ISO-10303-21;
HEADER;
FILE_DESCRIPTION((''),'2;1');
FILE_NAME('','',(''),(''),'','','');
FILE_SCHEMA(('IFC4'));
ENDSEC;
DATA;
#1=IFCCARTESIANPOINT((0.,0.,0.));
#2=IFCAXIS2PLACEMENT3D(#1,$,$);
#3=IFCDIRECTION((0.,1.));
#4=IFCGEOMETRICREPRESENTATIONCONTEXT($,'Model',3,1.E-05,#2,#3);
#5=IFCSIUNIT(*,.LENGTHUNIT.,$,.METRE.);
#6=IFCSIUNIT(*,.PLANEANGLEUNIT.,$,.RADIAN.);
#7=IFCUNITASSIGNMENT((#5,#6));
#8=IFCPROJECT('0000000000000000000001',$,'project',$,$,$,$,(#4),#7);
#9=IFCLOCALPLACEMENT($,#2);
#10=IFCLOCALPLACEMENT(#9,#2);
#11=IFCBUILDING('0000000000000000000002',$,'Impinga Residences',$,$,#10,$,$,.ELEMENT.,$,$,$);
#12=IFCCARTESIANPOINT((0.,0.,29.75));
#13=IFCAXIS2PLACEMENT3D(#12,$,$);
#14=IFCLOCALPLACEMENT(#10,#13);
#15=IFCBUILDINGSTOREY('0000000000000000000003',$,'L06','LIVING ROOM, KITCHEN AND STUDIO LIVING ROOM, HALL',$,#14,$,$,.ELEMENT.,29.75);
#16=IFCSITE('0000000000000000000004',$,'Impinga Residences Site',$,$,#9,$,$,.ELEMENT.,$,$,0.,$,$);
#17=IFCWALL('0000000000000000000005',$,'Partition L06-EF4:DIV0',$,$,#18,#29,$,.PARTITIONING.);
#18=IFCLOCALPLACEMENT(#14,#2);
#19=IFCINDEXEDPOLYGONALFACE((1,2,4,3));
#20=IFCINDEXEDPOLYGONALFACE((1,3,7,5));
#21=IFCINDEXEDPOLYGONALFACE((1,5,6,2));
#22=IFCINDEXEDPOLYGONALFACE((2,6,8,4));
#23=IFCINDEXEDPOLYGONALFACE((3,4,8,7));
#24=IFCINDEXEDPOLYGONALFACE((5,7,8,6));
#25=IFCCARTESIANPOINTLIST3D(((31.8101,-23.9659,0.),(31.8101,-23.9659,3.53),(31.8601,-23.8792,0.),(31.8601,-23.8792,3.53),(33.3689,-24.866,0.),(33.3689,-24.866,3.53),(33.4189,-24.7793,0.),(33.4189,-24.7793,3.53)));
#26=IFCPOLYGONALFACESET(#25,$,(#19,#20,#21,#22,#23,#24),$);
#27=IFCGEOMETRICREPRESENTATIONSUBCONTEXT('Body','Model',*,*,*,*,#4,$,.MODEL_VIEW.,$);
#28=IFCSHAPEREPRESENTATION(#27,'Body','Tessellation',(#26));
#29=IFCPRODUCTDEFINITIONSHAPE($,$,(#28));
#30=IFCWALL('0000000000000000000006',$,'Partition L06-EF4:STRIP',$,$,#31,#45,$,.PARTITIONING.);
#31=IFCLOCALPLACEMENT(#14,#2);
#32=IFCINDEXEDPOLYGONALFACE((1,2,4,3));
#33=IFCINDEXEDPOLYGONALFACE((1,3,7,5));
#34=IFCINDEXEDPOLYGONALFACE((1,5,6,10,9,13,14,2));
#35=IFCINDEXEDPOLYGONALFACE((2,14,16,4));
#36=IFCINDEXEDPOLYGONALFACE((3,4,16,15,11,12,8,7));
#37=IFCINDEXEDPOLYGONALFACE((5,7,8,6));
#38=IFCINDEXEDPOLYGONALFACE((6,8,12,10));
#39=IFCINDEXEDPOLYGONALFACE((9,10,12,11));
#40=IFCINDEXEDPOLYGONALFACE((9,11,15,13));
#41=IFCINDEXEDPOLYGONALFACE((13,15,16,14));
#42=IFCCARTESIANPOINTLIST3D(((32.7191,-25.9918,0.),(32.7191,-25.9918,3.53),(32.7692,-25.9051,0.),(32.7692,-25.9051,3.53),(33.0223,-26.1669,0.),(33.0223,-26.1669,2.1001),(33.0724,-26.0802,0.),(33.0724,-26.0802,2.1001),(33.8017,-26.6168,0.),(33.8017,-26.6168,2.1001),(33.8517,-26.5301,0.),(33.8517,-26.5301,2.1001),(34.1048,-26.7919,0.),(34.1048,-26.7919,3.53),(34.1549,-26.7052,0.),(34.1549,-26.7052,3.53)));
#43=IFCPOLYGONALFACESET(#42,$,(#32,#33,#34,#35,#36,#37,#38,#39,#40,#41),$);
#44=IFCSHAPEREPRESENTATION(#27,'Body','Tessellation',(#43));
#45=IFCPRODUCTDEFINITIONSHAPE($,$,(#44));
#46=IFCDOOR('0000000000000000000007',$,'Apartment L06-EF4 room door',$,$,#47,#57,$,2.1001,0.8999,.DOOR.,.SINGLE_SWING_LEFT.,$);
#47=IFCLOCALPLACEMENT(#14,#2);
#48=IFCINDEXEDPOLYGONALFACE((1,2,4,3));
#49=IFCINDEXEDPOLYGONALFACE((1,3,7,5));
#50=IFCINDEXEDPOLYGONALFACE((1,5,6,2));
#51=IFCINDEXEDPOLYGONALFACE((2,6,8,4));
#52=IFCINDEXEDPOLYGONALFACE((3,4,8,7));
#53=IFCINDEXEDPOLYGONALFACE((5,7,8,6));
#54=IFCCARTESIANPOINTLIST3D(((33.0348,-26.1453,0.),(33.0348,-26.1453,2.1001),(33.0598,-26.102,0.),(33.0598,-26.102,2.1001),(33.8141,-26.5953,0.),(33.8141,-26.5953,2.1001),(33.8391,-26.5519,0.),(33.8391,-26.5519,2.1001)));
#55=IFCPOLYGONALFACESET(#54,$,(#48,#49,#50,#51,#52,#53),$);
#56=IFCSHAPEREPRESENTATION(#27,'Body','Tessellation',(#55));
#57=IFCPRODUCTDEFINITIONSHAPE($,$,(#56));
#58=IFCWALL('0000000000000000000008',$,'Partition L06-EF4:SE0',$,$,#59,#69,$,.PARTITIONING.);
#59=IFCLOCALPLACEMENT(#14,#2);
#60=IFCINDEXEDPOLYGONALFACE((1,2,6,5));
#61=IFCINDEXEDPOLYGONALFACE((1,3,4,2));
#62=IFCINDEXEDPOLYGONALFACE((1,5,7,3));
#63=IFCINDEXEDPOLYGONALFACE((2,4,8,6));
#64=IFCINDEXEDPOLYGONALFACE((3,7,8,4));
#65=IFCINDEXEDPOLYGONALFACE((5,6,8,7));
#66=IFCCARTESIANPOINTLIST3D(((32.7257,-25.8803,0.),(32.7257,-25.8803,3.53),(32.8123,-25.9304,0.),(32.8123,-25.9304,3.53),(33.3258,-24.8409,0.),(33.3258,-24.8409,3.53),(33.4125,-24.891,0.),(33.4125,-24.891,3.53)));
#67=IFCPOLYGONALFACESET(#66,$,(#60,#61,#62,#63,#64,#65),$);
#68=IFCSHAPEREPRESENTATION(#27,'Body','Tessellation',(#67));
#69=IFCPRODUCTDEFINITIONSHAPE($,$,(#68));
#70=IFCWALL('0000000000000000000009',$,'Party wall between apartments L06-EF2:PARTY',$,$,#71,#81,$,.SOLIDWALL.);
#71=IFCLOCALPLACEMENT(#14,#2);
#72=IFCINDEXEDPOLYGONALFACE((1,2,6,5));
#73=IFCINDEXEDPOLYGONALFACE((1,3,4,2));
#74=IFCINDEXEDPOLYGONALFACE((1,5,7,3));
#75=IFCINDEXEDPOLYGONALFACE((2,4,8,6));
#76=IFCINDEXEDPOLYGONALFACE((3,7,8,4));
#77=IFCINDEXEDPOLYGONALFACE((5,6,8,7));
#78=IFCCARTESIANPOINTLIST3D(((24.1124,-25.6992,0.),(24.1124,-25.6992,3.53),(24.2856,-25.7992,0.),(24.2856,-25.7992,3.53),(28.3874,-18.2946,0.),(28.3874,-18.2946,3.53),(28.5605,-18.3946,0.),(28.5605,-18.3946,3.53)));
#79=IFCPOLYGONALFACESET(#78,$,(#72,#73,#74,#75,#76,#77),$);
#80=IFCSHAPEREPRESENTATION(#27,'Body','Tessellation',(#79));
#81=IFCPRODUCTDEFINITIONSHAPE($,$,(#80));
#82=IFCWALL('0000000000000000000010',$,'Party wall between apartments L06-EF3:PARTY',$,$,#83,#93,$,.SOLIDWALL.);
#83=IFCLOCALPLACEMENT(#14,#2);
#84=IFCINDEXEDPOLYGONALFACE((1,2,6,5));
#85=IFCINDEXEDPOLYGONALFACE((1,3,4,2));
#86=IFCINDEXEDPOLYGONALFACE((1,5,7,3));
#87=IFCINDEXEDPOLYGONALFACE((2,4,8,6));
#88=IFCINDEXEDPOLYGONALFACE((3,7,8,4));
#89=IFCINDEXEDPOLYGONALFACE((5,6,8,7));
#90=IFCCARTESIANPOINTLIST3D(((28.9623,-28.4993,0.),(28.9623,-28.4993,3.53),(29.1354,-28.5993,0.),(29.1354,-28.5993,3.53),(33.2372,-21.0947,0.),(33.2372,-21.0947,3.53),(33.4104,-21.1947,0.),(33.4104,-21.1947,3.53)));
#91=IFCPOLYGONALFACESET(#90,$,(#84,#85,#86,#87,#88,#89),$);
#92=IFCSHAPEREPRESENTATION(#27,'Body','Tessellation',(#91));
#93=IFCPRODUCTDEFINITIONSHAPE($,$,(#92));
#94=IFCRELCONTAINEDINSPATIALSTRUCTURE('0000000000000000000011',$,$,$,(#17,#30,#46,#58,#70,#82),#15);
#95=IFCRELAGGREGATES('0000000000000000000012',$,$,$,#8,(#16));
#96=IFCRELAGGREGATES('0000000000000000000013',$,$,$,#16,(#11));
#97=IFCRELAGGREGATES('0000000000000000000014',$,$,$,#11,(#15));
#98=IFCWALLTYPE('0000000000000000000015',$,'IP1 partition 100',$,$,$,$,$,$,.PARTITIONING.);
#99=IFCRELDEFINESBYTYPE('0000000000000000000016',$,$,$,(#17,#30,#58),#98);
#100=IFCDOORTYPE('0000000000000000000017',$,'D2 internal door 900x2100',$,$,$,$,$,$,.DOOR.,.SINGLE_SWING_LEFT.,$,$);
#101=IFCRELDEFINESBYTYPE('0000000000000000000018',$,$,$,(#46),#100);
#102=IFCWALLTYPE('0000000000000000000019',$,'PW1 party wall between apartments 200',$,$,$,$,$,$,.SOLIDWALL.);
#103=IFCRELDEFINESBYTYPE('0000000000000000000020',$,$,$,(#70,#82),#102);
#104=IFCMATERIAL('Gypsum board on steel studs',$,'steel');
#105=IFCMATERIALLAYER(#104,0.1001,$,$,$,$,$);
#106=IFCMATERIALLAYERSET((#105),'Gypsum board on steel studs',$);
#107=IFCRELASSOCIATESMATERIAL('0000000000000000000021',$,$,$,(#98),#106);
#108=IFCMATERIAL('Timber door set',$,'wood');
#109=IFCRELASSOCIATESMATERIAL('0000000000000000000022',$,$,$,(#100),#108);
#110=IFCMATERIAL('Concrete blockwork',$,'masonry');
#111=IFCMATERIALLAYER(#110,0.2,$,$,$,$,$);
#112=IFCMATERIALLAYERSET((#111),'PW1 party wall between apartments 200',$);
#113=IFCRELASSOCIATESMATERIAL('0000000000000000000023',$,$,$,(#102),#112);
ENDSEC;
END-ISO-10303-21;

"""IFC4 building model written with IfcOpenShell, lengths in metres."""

from ifc_helpers import new_model, si_unit, direction, frame, frame_2d, origin, place, context, subcontext, project, spatial, rectangle, extrude, material, layer, layer_set, type_object, element, fill, save


model = new_model("IFC4")

# Units and contexts
model_context = context("Model", 3, precision=1e-05, world=origin(), true_north=direction((0.0, 1.0)))
body_context = subcontext(model_context, "Body", "Model", "MODEL_VIEW")
ifc_project = project(units=[si_unit("LENGTHUNIT", "METRE"), si_unit("PLANEANGLEUNIT", "RADIAN")], contexts=[model_context])

# Site, building, storey
site_placement = place(None, origin())
site = spatial("IfcSite", under=ifc_project, at=site_placement, Name="Impinga Residences Site", CompositionType="ELEMENT", RefElevation=0.0)
building_placement = place(site_placement, origin())
building = spatial("IfcBuilding", under=site, at=building_placement, Name="Impinga Residences", CompositionType="ELEMENT")
storey_placement = place(building_placement, frame((0.0, 0.0, 29.75)))
storey = spatial("IfcBuildingStorey", under=building, at=storey_placement, Name="L06", Description="LIVING ROOM, KITCHEN AND STUDIO LIVING ROOM, HALL", CompositionType="ELEMENT", Elevation=29.75)

# Shared definitions
ifc_material_1 = material(Name="Gypsum board on steel studs", Category="steel")
ifc_layer_1 = layer(ifc_material_1, 0.1001)
ifc_layer_set_1 = layer_set([ifc_layer_1], Name="Gypsum board on steel studs")
wall_type_1 = type_object("IfcWallType", Name="IP1 partition 100", PredefinedType="PARTITIONING", material=ifc_layer_set_1)

# Shared definitions
ifc_material_2 = material(Name="Timber door set", Category="wood")
door_type = type_object("IfcDoorType", Name="D2 internal door 900x2100", OperationType="SINGLE_SWING_LEFT", PredefinedType="DOOR", material=ifc_material_2)

# Wall
wall_1_placement = place(storey_placement, frame((31.8352, -23.9226, 0.0), z_axis=(0.0, 0.0, 1.0), x_axis=(0.865989, -0.500063, 0.0)))
element("IfcWall", 1, at=wall_1_placement, inside=storey, type_object=wall_type_1, Name="Partition L06-EF4:DIV0", PredefinedType="PARTITIONING", context=body_context, shape_type="SweptSolid", body=[
    extrude(rectangle(XDim=1.8, YDim=0.1001, at=frame_2d((0.8999, 0.0))), origin(), (0.0, 0.0, 1.0), 3.53),
])

# Wall, opening, door
wall_2_placement = place(storey_placement, frame((32.7441, -25.9485, 0.0), z_axis=(0.0, 0.0, 1.0), x_axis=(0.866028, -0.499995, 0.0)))
wall_2 = element("IfcWall", 2, at=wall_2_placement, inside=storey, type_object=wall_type_1, Name="Partition L06-EF4:STRIP", PredefinedType="PARTITIONING", context=body_context, shape_type="SweptSolid", body=[
    extrude(rectangle(XDim=1.6001, YDim=0.1001, at=frame_2d((0.8, 0.0))), origin(), (0.0, 0.0, 1.0), 3.53),
])
opening_1_placement = place(wall_2_placement, frame((0.3501, 0.0, 0.0)))
opening_1 = element("IfcOpeningElement", 3, at=opening_1_placement, cuts=wall_2, PredefinedType="OPENING", context=body_context, shape_type="SweptSolid", body=[
    extrude(rectangle(XDim=0.8999, YDim=2.1001, at=frame_2d((0.45, 1.05))), frame((0.0, 0.0601, 0.0), z_axis=(0.0, -1.0, 0.0), x_axis=(1.0, 0.0, 0.0)), (0.0, 0.0, 1.0), 0.1201),
])
door_1_placement = place(opening_1_placement, origin())
door_1 = element("IfcDoor", 4, at=door_1_placement, inside=storey, type_object=door_type, Name="Apartment L06-EF4 room door", OperationType="SINGLE_SWING_LEFT", OverallHeight=2.1001, OverallWidth=0.8999, PredefinedType="DOOR", context=body_context, shape_type="SweptSolid", body=[
    extrude(rectangle(XDim=0.8999, YDim=2.1001, at=frame_2d((0.45, 1.05))), frame((0.0, 0.0249, 0.0), z_axis=(0.0, -1.0, 0.0), x_axis=(1.0, 0.0, 0.0)), (0.0, 0.0, 1.0), 0.05),
])
fill(opening_1, door_1)

# Walls
wall_3_placement = place(storey_placement, frame((33.3691, -24.866, 0.0), z_axis=(0.0, 0.0, 1.0), x_axis=(-0.500034, -0.866006, 0.0)))
element("IfcWall", 5, at=wall_3_placement, inside=storey, type_object=wall_type_1, Name="Partition L06-EF4:SE0", PredefinedType="PARTITIONING", context=body_context, shape_type="SweptSolid", body=[
    extrude(rectangle(XDim=1.2002, YDim=0.1001, at=frame_2d((0.6001, 0.0))), origin(), (0.0, 0.0, 1.0), 3.53),
])
ifc_material_3 = material(Name="Concrete blockwork", Category="masonry")
ifc_layer_2 = layer(ifc_material_3, 0.2)
ifc_layer_set_2 = layer_set([ifc_layer_2], Name="PW1 party wall between apartments 200")
wall_type_2 = type_object("IfcWallType", Name="PW1 party wall between apartments 200", PredefinedType="SOLIDWALL", material=ifc_layer_set_2)
for number, where, z_axis, x_axis, name in (
    (6, (28.4739, -18.3447, 0.0), (0.0, 0.0, 1.0), (-0.49999, -0.866031, 0.0), "Party wall between apartments L06-EF2:PARTY"),
    (7, (33.3237, -21.1448, 0.0), (0.0, 0.0, 1.0), (-0.49999, -0.866031, 0.0), "Party wall between apartments L06-EF3:PARTY"),
):
    element("IfcWall", number, at=place(storey_placement, frame(where, z_axis=z_axis, x_axis=x_axis)), inside=storey, type_object=wall_type_2, Name=name, PredefinedType="SOLIDWALL", context=body_context, shape_type="SweptSolid", body=[
        extrude(rectangle(XDim=8.55, YDim=0.2, at=frame_2d((4.2749, 0.0))), origin(), (0.0, 0.0, 1.0), 3.53),
    ])

save(model, "model.ifc")
